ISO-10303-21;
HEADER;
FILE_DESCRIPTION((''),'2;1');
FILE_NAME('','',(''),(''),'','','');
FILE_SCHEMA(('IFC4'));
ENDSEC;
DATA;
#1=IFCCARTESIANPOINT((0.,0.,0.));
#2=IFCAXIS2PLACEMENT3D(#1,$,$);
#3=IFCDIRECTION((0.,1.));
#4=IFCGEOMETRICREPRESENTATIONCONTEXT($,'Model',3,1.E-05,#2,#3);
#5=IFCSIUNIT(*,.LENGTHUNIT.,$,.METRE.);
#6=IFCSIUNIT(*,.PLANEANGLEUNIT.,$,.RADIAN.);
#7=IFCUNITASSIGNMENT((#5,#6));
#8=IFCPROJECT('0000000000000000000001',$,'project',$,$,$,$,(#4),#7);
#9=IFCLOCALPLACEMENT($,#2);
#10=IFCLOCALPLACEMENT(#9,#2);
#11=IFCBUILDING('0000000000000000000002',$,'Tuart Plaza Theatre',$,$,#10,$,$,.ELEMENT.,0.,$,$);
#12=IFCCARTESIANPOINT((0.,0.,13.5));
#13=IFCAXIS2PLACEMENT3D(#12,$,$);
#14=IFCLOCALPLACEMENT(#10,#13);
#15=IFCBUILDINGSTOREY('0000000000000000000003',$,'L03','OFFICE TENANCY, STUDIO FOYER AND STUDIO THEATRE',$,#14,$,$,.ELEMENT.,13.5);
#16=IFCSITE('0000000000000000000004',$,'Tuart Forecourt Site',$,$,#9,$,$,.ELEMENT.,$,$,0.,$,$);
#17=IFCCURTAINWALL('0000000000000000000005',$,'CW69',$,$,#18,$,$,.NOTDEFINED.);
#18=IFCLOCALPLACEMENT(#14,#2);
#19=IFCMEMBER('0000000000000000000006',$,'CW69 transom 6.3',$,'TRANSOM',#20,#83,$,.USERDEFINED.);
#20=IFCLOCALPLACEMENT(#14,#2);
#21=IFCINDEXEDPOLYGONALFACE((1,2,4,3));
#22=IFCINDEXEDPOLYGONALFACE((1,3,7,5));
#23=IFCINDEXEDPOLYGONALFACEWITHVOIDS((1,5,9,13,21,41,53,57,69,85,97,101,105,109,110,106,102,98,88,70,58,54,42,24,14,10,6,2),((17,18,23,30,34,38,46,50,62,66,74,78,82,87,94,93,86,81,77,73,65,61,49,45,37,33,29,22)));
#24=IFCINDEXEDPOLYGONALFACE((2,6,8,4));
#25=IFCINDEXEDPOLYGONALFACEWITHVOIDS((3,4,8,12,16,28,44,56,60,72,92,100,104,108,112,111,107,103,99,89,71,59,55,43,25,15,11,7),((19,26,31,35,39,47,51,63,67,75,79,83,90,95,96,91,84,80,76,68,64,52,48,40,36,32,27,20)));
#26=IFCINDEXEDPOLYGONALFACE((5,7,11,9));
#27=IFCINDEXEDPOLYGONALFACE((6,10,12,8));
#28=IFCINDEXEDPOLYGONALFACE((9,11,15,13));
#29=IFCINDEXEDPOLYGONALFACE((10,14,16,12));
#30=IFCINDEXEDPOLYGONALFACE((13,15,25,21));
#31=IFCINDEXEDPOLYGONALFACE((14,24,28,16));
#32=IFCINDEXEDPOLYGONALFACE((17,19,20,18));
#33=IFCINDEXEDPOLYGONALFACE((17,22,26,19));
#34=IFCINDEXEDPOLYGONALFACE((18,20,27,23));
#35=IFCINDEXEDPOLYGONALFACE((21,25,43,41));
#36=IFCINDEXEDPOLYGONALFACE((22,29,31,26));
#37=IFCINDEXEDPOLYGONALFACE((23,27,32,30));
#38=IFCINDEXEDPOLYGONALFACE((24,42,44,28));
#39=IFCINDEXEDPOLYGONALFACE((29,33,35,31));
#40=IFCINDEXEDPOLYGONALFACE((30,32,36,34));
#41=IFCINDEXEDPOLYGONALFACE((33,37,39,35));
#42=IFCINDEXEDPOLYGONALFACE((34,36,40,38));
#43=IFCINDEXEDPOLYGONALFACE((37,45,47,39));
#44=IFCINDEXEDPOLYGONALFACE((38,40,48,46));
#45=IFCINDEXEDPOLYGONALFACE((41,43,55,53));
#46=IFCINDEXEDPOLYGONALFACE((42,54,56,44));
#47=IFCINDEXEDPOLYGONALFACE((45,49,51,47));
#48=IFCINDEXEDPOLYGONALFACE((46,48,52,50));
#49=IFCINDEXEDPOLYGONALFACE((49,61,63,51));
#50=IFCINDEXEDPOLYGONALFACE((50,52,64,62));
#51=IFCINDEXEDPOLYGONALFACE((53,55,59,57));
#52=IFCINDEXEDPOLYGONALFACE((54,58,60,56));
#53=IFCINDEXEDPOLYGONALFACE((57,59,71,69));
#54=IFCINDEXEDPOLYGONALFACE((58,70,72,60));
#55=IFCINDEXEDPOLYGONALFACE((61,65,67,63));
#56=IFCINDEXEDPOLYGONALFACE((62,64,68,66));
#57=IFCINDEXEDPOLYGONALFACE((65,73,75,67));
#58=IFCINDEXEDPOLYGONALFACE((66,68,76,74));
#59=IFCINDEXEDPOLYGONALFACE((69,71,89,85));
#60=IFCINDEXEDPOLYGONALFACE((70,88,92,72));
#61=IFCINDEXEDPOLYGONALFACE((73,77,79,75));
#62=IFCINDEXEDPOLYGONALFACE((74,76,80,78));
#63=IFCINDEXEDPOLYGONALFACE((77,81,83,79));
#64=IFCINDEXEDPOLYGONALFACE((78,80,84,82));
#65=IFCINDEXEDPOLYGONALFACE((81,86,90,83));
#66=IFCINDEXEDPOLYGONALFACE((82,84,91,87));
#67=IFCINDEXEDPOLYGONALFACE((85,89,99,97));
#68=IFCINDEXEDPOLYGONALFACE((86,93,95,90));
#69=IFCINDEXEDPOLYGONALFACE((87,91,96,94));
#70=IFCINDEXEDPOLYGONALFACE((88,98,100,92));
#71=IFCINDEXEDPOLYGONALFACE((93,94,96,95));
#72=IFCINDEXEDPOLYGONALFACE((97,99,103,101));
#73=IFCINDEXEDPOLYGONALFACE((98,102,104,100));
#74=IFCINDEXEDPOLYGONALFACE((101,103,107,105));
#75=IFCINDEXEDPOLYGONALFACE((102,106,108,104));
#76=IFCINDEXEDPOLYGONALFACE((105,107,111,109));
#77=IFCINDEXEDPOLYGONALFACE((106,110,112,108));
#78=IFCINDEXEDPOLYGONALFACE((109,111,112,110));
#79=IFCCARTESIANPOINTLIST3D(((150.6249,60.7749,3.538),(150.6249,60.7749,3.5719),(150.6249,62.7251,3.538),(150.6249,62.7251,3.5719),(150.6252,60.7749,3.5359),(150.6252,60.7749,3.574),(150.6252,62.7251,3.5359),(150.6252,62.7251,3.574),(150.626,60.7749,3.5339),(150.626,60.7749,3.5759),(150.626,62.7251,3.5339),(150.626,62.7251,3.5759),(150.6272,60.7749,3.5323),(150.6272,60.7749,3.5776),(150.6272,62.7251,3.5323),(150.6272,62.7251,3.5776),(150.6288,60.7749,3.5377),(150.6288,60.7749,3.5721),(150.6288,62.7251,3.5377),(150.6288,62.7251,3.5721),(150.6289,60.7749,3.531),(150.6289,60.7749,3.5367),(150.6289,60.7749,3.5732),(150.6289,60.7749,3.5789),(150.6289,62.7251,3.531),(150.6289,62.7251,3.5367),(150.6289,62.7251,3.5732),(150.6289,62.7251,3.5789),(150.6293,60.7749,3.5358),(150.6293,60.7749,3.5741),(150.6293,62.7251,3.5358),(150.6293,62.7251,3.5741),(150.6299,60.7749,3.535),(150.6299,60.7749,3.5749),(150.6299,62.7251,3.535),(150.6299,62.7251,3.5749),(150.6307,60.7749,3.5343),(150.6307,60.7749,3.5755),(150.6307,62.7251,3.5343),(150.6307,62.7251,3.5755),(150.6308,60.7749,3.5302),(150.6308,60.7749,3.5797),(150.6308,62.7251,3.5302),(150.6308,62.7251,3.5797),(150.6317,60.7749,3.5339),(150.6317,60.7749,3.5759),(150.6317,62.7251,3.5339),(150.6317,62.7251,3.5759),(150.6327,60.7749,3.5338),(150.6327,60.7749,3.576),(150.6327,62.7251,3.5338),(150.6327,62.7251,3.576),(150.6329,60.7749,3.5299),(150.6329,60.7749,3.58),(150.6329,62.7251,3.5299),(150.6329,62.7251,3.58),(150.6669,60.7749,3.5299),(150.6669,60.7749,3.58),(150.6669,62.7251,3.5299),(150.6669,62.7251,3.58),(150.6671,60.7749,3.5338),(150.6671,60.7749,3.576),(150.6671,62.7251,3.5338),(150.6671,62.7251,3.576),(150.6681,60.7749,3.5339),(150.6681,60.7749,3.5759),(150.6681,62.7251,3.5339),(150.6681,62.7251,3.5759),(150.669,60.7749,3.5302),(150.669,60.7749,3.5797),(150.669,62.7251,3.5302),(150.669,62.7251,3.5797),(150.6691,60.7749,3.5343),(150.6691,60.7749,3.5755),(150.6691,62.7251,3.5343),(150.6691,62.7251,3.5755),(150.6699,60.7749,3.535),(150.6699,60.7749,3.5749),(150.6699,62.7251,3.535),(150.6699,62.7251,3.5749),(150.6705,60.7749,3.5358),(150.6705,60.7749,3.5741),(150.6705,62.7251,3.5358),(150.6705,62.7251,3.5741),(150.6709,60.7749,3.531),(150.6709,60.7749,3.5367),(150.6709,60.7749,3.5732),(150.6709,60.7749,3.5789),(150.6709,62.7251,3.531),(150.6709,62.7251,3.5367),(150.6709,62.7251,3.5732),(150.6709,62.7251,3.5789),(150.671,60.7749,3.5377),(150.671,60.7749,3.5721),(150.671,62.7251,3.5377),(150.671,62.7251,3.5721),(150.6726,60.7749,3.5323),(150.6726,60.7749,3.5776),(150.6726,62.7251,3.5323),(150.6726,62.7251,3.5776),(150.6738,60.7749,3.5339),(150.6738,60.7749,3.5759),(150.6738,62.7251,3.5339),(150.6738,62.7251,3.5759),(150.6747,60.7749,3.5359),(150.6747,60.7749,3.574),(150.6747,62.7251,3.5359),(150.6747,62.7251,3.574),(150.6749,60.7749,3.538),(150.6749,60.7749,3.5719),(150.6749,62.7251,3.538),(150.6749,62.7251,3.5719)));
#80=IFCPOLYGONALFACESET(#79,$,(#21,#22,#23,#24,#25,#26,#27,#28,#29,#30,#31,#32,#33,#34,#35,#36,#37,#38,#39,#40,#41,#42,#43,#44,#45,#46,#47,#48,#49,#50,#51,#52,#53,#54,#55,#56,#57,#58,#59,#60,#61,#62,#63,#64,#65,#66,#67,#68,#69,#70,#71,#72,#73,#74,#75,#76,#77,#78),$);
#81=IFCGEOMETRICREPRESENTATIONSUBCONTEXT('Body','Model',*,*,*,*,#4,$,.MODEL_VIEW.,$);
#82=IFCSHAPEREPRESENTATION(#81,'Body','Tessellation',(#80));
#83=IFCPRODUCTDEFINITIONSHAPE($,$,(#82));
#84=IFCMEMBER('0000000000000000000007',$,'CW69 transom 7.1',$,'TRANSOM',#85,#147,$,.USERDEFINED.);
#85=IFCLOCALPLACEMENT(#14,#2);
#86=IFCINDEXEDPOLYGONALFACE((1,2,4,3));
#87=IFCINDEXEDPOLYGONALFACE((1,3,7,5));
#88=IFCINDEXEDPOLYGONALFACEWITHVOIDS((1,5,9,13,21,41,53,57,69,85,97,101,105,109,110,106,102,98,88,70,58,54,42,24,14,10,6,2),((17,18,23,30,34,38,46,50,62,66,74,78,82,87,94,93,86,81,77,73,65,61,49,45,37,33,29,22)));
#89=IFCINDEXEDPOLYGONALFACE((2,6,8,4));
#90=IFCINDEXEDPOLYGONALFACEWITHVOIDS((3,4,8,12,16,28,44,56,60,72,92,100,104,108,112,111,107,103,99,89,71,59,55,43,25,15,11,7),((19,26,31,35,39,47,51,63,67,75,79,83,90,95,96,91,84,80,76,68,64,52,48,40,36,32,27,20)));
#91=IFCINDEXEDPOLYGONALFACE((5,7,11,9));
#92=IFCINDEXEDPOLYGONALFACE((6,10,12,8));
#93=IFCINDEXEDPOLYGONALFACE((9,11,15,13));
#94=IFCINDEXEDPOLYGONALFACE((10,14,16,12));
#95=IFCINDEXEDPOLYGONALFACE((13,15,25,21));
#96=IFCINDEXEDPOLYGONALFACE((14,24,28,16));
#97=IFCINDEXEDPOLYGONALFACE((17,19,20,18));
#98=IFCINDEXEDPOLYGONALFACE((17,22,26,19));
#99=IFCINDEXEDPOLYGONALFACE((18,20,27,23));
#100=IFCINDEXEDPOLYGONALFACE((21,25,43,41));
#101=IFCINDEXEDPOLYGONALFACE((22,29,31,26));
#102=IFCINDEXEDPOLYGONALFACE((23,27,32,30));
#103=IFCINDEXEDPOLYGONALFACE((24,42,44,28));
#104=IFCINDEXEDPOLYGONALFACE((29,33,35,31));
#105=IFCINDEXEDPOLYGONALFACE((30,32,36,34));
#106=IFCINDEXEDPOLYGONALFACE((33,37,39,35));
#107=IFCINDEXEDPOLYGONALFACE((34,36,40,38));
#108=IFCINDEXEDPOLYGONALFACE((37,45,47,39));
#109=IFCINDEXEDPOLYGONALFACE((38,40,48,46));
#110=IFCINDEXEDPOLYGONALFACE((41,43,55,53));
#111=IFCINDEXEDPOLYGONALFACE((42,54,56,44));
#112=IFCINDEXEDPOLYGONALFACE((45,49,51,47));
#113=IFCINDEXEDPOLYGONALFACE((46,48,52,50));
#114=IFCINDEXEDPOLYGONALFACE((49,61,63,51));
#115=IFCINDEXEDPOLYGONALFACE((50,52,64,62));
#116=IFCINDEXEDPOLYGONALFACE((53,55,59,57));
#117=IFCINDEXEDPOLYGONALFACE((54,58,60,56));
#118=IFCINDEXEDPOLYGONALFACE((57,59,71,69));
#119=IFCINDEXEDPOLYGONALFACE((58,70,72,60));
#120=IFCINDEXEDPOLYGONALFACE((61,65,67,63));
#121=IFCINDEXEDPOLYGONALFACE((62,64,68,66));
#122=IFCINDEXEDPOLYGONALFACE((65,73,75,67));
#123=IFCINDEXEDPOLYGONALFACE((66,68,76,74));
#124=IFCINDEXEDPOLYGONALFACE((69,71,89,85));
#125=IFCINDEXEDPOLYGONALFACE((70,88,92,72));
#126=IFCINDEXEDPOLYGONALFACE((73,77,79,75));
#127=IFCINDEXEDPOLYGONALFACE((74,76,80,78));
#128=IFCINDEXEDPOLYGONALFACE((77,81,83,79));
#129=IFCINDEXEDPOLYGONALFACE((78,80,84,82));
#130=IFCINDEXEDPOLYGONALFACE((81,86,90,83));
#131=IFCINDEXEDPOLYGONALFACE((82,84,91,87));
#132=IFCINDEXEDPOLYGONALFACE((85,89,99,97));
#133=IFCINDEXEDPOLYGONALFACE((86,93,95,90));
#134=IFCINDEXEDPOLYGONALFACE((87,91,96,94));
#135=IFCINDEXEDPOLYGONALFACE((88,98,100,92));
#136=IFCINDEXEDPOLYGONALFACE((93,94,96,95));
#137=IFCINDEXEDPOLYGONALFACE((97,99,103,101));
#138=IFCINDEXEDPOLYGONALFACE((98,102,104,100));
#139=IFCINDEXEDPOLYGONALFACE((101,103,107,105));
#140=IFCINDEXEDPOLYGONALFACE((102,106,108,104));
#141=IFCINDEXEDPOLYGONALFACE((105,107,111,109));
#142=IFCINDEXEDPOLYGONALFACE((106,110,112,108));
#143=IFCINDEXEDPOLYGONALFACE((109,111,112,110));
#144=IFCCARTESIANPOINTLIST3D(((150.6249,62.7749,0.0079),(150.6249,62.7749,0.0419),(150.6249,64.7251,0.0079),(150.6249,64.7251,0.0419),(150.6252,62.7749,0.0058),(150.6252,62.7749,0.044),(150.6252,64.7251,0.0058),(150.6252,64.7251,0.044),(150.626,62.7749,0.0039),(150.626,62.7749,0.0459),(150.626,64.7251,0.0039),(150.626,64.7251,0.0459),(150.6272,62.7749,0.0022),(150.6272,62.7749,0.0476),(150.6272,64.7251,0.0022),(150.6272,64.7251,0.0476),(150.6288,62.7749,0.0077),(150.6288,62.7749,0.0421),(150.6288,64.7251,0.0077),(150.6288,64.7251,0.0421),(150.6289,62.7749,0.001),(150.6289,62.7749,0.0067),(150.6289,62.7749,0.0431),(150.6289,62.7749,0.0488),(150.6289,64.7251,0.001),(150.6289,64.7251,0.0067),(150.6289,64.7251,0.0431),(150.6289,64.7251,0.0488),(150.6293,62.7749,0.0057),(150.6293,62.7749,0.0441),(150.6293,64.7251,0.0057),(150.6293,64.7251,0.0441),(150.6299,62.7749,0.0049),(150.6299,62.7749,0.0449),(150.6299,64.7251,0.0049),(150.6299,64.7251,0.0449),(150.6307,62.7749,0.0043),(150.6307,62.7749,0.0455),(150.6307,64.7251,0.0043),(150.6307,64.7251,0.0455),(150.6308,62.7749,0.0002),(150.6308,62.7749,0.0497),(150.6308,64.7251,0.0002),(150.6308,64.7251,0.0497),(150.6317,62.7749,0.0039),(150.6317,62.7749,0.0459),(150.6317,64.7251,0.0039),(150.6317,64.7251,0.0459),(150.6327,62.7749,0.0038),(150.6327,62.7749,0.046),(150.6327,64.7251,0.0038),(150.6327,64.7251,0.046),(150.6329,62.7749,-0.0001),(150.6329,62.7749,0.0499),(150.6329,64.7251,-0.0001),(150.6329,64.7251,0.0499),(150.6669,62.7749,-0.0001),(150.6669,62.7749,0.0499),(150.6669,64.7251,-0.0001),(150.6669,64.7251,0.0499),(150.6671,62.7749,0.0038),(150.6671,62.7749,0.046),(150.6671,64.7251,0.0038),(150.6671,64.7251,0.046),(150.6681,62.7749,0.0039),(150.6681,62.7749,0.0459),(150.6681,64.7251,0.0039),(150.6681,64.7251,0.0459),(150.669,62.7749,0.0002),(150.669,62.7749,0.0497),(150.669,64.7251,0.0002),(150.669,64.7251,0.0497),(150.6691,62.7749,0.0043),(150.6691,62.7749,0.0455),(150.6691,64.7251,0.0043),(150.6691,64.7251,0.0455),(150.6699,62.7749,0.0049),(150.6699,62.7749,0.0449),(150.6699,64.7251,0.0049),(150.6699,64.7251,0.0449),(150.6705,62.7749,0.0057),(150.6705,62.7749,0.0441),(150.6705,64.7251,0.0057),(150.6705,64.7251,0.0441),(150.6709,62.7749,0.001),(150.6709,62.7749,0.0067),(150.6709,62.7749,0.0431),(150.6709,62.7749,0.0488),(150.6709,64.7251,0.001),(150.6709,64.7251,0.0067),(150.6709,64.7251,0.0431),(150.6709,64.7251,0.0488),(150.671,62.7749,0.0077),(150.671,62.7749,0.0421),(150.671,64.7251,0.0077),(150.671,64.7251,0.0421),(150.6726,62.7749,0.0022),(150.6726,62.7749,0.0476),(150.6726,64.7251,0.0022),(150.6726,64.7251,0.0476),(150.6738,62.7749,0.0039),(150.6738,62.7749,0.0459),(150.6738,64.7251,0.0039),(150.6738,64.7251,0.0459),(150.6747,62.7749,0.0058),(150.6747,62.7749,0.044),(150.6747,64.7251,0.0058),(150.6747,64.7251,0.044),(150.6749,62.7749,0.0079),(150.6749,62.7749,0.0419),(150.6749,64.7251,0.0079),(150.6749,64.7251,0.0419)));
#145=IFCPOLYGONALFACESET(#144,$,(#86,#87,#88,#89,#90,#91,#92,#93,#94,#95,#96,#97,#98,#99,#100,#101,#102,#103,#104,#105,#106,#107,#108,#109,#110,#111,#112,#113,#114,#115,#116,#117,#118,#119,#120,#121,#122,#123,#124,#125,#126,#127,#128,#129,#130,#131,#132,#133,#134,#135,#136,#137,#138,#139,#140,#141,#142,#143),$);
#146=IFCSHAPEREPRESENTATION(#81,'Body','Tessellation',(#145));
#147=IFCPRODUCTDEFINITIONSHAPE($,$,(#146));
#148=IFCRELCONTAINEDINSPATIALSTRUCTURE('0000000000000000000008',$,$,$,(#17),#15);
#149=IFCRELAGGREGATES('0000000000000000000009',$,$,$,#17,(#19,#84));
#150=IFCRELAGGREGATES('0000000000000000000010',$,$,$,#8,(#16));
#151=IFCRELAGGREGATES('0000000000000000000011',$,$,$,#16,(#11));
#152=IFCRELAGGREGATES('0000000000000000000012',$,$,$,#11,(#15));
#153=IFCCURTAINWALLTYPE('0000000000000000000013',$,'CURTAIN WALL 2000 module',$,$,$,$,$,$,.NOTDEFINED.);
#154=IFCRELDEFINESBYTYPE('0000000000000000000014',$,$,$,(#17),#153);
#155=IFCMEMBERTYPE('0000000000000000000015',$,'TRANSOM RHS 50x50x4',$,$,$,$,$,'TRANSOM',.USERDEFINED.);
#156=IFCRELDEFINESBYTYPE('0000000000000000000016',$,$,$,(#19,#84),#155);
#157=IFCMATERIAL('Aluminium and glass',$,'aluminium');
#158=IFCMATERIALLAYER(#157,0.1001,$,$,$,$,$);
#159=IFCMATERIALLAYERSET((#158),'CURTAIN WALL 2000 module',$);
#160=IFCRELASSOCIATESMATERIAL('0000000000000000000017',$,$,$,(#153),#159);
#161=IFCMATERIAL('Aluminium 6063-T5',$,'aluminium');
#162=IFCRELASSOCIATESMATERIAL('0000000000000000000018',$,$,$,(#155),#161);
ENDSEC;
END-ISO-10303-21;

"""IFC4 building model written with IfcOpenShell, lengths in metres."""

from ifc_helpers import new_model, si_unit, direction, frame, origin, origin_2d, place, context, subcontext, project, spatial, hollow_rectangle, extrude, material, layer, layer_set, material_profile, profile_set, type_object, element, aggregate, save


model = new_model("IFC4")

# Units and contexts
model_context = context("Model", 3, precision=1e-05, world=origin(), true_north=direction((0.0, 1.0)))
body_context = subcontext(model_context, "Body", "Model", "MODEL_VIEW")
ifc_project = project(units=[si_unit("LENGTHUNIT", "METRE"), si_unit("PLANEANGLEUNIT", "RADIAN")], contexts=[model_context])

# Site, building, storey
site_placement = place(None, origin())
site = spatial("IfcSite", under=ifc_project, at=site_placement, Name="Tuart Forecourt Site", CompositionType="ELEMENT", RefElevation=0.0)
building_placement = place(site_placement, origin())
building = spatial("IfcBuilding", under=site, at=building_placement, Name="Tuart Plaza Theatre", CompositionType="ELEMENT", ElevationOfRefHeight=0.0)
storey_placement = place(building_placement, frame((0.0, 0.0, 13.5)))
storey = spatial("IfcBuildingStorey", under=building, at=storey_placement, Name="L03", Description="OFFICE TENANCY, STUDIO FOYER AND STUDIO THEATRE", CompositionType="ELEMENT", Elevation=13.5)

# Curtain wall, members
ifc_material_1 = material(Name="Aluminium and glass", Category="aluminium")
ifc_layer_1 = layer(ifc_material_1, 0.1001)
ifc_layer_set_1 = layer_set([ifc_layer_1], Name="CURTAIN WALL 2000 module")
curtain_wall_type = type_object("IfcCurtainWallType", Name="CURTAIN WALL 2000 module", PredefinedType="NOTDEFINED", material=ifc_layer_set_1)
curtain_wall_placement = place(storey_placement, origin())
curtain_wall = element("IfcCurtainWall", 1, at=curtain_wall_placement, inside=storey, type_object=curtain_wall_type, Name="CW69", PredefinedType="NOTDEFINED")
ifc_material_2 = material(Name="Aluminium 6063-T5", Category="aluminium")
ifc_material_profile_1 = material_profile(ifc_material_2, hollow_rectangle(XDim=0.05, YDim=0.05, WallThickness=0.0039, InnerFilletRadius=0.0039, OuterFilletRadius=0.0081, at=origin_2d()), Name="RHS 50x50x4")
ifc_profile_set_1 = profile_set([ifc_material_profile_1], Name="Aluminium 6063-T5")
member_type_1 = type_object("IfcMemberType", Name="TRANSOM RHS 50x50x4", ElementType="TRANSOM", PredefinedType="USERDEFINED", material=ifc_profile_set_1)
member_1_placement = place(storey_placement, frame((150.6499, 60.7749, 3.5549), z_axis=(0.0, 1.0, 0.0), x_axis=(-1.0, 0.0, 0.0)))
member_1 = element("IfcMember", 2, at=member_1_placement, type_object=member_type_1, Name="CW69 transom 6.3", ObjectType="TRANSOM", PredefinedType="USERDEFINED", context=body_context, shape_type="SweptSolid", body=[
    extrude(hollow_rectangle(XDim=0.05, YDim=0.05, WallThickness=0.0039, InnerFilletRadius=0.0039, OuterFilletRadius=0.0081, at=origin_2d()), origin(), (0.0, 0.0, 1.0), 1.9502),
])
member_2_placement = place(storey_placement, frame((150.6499, 62.7749, 0.0249), z_axis=(0.0, 1.0, 0.0), x_axis=(-1.0, 0.0, 0.0)))
member_2 = element("IfcMember", 3, at=member_2_placement, type_object=member_type_1, Name="CW69 transom 7.1", ObjectType="TRANSOM", PredefinedType="USERDEFINED", context=body_context, shape_type="SweptSolid", body=[
    extrude(hollow_rectangle(XDim=0.05, YDim=0.05, WallThickness=0.0039, InnerFilletRadius=0.0039, OuterFilletRadius=0.0081, at=origin_2d()), origin(), (0.0, 0.0, 1.0), 1.9502),
])
aggregate(curtain_wall, [member_1, member_2])

save(model, "model.ifc")
